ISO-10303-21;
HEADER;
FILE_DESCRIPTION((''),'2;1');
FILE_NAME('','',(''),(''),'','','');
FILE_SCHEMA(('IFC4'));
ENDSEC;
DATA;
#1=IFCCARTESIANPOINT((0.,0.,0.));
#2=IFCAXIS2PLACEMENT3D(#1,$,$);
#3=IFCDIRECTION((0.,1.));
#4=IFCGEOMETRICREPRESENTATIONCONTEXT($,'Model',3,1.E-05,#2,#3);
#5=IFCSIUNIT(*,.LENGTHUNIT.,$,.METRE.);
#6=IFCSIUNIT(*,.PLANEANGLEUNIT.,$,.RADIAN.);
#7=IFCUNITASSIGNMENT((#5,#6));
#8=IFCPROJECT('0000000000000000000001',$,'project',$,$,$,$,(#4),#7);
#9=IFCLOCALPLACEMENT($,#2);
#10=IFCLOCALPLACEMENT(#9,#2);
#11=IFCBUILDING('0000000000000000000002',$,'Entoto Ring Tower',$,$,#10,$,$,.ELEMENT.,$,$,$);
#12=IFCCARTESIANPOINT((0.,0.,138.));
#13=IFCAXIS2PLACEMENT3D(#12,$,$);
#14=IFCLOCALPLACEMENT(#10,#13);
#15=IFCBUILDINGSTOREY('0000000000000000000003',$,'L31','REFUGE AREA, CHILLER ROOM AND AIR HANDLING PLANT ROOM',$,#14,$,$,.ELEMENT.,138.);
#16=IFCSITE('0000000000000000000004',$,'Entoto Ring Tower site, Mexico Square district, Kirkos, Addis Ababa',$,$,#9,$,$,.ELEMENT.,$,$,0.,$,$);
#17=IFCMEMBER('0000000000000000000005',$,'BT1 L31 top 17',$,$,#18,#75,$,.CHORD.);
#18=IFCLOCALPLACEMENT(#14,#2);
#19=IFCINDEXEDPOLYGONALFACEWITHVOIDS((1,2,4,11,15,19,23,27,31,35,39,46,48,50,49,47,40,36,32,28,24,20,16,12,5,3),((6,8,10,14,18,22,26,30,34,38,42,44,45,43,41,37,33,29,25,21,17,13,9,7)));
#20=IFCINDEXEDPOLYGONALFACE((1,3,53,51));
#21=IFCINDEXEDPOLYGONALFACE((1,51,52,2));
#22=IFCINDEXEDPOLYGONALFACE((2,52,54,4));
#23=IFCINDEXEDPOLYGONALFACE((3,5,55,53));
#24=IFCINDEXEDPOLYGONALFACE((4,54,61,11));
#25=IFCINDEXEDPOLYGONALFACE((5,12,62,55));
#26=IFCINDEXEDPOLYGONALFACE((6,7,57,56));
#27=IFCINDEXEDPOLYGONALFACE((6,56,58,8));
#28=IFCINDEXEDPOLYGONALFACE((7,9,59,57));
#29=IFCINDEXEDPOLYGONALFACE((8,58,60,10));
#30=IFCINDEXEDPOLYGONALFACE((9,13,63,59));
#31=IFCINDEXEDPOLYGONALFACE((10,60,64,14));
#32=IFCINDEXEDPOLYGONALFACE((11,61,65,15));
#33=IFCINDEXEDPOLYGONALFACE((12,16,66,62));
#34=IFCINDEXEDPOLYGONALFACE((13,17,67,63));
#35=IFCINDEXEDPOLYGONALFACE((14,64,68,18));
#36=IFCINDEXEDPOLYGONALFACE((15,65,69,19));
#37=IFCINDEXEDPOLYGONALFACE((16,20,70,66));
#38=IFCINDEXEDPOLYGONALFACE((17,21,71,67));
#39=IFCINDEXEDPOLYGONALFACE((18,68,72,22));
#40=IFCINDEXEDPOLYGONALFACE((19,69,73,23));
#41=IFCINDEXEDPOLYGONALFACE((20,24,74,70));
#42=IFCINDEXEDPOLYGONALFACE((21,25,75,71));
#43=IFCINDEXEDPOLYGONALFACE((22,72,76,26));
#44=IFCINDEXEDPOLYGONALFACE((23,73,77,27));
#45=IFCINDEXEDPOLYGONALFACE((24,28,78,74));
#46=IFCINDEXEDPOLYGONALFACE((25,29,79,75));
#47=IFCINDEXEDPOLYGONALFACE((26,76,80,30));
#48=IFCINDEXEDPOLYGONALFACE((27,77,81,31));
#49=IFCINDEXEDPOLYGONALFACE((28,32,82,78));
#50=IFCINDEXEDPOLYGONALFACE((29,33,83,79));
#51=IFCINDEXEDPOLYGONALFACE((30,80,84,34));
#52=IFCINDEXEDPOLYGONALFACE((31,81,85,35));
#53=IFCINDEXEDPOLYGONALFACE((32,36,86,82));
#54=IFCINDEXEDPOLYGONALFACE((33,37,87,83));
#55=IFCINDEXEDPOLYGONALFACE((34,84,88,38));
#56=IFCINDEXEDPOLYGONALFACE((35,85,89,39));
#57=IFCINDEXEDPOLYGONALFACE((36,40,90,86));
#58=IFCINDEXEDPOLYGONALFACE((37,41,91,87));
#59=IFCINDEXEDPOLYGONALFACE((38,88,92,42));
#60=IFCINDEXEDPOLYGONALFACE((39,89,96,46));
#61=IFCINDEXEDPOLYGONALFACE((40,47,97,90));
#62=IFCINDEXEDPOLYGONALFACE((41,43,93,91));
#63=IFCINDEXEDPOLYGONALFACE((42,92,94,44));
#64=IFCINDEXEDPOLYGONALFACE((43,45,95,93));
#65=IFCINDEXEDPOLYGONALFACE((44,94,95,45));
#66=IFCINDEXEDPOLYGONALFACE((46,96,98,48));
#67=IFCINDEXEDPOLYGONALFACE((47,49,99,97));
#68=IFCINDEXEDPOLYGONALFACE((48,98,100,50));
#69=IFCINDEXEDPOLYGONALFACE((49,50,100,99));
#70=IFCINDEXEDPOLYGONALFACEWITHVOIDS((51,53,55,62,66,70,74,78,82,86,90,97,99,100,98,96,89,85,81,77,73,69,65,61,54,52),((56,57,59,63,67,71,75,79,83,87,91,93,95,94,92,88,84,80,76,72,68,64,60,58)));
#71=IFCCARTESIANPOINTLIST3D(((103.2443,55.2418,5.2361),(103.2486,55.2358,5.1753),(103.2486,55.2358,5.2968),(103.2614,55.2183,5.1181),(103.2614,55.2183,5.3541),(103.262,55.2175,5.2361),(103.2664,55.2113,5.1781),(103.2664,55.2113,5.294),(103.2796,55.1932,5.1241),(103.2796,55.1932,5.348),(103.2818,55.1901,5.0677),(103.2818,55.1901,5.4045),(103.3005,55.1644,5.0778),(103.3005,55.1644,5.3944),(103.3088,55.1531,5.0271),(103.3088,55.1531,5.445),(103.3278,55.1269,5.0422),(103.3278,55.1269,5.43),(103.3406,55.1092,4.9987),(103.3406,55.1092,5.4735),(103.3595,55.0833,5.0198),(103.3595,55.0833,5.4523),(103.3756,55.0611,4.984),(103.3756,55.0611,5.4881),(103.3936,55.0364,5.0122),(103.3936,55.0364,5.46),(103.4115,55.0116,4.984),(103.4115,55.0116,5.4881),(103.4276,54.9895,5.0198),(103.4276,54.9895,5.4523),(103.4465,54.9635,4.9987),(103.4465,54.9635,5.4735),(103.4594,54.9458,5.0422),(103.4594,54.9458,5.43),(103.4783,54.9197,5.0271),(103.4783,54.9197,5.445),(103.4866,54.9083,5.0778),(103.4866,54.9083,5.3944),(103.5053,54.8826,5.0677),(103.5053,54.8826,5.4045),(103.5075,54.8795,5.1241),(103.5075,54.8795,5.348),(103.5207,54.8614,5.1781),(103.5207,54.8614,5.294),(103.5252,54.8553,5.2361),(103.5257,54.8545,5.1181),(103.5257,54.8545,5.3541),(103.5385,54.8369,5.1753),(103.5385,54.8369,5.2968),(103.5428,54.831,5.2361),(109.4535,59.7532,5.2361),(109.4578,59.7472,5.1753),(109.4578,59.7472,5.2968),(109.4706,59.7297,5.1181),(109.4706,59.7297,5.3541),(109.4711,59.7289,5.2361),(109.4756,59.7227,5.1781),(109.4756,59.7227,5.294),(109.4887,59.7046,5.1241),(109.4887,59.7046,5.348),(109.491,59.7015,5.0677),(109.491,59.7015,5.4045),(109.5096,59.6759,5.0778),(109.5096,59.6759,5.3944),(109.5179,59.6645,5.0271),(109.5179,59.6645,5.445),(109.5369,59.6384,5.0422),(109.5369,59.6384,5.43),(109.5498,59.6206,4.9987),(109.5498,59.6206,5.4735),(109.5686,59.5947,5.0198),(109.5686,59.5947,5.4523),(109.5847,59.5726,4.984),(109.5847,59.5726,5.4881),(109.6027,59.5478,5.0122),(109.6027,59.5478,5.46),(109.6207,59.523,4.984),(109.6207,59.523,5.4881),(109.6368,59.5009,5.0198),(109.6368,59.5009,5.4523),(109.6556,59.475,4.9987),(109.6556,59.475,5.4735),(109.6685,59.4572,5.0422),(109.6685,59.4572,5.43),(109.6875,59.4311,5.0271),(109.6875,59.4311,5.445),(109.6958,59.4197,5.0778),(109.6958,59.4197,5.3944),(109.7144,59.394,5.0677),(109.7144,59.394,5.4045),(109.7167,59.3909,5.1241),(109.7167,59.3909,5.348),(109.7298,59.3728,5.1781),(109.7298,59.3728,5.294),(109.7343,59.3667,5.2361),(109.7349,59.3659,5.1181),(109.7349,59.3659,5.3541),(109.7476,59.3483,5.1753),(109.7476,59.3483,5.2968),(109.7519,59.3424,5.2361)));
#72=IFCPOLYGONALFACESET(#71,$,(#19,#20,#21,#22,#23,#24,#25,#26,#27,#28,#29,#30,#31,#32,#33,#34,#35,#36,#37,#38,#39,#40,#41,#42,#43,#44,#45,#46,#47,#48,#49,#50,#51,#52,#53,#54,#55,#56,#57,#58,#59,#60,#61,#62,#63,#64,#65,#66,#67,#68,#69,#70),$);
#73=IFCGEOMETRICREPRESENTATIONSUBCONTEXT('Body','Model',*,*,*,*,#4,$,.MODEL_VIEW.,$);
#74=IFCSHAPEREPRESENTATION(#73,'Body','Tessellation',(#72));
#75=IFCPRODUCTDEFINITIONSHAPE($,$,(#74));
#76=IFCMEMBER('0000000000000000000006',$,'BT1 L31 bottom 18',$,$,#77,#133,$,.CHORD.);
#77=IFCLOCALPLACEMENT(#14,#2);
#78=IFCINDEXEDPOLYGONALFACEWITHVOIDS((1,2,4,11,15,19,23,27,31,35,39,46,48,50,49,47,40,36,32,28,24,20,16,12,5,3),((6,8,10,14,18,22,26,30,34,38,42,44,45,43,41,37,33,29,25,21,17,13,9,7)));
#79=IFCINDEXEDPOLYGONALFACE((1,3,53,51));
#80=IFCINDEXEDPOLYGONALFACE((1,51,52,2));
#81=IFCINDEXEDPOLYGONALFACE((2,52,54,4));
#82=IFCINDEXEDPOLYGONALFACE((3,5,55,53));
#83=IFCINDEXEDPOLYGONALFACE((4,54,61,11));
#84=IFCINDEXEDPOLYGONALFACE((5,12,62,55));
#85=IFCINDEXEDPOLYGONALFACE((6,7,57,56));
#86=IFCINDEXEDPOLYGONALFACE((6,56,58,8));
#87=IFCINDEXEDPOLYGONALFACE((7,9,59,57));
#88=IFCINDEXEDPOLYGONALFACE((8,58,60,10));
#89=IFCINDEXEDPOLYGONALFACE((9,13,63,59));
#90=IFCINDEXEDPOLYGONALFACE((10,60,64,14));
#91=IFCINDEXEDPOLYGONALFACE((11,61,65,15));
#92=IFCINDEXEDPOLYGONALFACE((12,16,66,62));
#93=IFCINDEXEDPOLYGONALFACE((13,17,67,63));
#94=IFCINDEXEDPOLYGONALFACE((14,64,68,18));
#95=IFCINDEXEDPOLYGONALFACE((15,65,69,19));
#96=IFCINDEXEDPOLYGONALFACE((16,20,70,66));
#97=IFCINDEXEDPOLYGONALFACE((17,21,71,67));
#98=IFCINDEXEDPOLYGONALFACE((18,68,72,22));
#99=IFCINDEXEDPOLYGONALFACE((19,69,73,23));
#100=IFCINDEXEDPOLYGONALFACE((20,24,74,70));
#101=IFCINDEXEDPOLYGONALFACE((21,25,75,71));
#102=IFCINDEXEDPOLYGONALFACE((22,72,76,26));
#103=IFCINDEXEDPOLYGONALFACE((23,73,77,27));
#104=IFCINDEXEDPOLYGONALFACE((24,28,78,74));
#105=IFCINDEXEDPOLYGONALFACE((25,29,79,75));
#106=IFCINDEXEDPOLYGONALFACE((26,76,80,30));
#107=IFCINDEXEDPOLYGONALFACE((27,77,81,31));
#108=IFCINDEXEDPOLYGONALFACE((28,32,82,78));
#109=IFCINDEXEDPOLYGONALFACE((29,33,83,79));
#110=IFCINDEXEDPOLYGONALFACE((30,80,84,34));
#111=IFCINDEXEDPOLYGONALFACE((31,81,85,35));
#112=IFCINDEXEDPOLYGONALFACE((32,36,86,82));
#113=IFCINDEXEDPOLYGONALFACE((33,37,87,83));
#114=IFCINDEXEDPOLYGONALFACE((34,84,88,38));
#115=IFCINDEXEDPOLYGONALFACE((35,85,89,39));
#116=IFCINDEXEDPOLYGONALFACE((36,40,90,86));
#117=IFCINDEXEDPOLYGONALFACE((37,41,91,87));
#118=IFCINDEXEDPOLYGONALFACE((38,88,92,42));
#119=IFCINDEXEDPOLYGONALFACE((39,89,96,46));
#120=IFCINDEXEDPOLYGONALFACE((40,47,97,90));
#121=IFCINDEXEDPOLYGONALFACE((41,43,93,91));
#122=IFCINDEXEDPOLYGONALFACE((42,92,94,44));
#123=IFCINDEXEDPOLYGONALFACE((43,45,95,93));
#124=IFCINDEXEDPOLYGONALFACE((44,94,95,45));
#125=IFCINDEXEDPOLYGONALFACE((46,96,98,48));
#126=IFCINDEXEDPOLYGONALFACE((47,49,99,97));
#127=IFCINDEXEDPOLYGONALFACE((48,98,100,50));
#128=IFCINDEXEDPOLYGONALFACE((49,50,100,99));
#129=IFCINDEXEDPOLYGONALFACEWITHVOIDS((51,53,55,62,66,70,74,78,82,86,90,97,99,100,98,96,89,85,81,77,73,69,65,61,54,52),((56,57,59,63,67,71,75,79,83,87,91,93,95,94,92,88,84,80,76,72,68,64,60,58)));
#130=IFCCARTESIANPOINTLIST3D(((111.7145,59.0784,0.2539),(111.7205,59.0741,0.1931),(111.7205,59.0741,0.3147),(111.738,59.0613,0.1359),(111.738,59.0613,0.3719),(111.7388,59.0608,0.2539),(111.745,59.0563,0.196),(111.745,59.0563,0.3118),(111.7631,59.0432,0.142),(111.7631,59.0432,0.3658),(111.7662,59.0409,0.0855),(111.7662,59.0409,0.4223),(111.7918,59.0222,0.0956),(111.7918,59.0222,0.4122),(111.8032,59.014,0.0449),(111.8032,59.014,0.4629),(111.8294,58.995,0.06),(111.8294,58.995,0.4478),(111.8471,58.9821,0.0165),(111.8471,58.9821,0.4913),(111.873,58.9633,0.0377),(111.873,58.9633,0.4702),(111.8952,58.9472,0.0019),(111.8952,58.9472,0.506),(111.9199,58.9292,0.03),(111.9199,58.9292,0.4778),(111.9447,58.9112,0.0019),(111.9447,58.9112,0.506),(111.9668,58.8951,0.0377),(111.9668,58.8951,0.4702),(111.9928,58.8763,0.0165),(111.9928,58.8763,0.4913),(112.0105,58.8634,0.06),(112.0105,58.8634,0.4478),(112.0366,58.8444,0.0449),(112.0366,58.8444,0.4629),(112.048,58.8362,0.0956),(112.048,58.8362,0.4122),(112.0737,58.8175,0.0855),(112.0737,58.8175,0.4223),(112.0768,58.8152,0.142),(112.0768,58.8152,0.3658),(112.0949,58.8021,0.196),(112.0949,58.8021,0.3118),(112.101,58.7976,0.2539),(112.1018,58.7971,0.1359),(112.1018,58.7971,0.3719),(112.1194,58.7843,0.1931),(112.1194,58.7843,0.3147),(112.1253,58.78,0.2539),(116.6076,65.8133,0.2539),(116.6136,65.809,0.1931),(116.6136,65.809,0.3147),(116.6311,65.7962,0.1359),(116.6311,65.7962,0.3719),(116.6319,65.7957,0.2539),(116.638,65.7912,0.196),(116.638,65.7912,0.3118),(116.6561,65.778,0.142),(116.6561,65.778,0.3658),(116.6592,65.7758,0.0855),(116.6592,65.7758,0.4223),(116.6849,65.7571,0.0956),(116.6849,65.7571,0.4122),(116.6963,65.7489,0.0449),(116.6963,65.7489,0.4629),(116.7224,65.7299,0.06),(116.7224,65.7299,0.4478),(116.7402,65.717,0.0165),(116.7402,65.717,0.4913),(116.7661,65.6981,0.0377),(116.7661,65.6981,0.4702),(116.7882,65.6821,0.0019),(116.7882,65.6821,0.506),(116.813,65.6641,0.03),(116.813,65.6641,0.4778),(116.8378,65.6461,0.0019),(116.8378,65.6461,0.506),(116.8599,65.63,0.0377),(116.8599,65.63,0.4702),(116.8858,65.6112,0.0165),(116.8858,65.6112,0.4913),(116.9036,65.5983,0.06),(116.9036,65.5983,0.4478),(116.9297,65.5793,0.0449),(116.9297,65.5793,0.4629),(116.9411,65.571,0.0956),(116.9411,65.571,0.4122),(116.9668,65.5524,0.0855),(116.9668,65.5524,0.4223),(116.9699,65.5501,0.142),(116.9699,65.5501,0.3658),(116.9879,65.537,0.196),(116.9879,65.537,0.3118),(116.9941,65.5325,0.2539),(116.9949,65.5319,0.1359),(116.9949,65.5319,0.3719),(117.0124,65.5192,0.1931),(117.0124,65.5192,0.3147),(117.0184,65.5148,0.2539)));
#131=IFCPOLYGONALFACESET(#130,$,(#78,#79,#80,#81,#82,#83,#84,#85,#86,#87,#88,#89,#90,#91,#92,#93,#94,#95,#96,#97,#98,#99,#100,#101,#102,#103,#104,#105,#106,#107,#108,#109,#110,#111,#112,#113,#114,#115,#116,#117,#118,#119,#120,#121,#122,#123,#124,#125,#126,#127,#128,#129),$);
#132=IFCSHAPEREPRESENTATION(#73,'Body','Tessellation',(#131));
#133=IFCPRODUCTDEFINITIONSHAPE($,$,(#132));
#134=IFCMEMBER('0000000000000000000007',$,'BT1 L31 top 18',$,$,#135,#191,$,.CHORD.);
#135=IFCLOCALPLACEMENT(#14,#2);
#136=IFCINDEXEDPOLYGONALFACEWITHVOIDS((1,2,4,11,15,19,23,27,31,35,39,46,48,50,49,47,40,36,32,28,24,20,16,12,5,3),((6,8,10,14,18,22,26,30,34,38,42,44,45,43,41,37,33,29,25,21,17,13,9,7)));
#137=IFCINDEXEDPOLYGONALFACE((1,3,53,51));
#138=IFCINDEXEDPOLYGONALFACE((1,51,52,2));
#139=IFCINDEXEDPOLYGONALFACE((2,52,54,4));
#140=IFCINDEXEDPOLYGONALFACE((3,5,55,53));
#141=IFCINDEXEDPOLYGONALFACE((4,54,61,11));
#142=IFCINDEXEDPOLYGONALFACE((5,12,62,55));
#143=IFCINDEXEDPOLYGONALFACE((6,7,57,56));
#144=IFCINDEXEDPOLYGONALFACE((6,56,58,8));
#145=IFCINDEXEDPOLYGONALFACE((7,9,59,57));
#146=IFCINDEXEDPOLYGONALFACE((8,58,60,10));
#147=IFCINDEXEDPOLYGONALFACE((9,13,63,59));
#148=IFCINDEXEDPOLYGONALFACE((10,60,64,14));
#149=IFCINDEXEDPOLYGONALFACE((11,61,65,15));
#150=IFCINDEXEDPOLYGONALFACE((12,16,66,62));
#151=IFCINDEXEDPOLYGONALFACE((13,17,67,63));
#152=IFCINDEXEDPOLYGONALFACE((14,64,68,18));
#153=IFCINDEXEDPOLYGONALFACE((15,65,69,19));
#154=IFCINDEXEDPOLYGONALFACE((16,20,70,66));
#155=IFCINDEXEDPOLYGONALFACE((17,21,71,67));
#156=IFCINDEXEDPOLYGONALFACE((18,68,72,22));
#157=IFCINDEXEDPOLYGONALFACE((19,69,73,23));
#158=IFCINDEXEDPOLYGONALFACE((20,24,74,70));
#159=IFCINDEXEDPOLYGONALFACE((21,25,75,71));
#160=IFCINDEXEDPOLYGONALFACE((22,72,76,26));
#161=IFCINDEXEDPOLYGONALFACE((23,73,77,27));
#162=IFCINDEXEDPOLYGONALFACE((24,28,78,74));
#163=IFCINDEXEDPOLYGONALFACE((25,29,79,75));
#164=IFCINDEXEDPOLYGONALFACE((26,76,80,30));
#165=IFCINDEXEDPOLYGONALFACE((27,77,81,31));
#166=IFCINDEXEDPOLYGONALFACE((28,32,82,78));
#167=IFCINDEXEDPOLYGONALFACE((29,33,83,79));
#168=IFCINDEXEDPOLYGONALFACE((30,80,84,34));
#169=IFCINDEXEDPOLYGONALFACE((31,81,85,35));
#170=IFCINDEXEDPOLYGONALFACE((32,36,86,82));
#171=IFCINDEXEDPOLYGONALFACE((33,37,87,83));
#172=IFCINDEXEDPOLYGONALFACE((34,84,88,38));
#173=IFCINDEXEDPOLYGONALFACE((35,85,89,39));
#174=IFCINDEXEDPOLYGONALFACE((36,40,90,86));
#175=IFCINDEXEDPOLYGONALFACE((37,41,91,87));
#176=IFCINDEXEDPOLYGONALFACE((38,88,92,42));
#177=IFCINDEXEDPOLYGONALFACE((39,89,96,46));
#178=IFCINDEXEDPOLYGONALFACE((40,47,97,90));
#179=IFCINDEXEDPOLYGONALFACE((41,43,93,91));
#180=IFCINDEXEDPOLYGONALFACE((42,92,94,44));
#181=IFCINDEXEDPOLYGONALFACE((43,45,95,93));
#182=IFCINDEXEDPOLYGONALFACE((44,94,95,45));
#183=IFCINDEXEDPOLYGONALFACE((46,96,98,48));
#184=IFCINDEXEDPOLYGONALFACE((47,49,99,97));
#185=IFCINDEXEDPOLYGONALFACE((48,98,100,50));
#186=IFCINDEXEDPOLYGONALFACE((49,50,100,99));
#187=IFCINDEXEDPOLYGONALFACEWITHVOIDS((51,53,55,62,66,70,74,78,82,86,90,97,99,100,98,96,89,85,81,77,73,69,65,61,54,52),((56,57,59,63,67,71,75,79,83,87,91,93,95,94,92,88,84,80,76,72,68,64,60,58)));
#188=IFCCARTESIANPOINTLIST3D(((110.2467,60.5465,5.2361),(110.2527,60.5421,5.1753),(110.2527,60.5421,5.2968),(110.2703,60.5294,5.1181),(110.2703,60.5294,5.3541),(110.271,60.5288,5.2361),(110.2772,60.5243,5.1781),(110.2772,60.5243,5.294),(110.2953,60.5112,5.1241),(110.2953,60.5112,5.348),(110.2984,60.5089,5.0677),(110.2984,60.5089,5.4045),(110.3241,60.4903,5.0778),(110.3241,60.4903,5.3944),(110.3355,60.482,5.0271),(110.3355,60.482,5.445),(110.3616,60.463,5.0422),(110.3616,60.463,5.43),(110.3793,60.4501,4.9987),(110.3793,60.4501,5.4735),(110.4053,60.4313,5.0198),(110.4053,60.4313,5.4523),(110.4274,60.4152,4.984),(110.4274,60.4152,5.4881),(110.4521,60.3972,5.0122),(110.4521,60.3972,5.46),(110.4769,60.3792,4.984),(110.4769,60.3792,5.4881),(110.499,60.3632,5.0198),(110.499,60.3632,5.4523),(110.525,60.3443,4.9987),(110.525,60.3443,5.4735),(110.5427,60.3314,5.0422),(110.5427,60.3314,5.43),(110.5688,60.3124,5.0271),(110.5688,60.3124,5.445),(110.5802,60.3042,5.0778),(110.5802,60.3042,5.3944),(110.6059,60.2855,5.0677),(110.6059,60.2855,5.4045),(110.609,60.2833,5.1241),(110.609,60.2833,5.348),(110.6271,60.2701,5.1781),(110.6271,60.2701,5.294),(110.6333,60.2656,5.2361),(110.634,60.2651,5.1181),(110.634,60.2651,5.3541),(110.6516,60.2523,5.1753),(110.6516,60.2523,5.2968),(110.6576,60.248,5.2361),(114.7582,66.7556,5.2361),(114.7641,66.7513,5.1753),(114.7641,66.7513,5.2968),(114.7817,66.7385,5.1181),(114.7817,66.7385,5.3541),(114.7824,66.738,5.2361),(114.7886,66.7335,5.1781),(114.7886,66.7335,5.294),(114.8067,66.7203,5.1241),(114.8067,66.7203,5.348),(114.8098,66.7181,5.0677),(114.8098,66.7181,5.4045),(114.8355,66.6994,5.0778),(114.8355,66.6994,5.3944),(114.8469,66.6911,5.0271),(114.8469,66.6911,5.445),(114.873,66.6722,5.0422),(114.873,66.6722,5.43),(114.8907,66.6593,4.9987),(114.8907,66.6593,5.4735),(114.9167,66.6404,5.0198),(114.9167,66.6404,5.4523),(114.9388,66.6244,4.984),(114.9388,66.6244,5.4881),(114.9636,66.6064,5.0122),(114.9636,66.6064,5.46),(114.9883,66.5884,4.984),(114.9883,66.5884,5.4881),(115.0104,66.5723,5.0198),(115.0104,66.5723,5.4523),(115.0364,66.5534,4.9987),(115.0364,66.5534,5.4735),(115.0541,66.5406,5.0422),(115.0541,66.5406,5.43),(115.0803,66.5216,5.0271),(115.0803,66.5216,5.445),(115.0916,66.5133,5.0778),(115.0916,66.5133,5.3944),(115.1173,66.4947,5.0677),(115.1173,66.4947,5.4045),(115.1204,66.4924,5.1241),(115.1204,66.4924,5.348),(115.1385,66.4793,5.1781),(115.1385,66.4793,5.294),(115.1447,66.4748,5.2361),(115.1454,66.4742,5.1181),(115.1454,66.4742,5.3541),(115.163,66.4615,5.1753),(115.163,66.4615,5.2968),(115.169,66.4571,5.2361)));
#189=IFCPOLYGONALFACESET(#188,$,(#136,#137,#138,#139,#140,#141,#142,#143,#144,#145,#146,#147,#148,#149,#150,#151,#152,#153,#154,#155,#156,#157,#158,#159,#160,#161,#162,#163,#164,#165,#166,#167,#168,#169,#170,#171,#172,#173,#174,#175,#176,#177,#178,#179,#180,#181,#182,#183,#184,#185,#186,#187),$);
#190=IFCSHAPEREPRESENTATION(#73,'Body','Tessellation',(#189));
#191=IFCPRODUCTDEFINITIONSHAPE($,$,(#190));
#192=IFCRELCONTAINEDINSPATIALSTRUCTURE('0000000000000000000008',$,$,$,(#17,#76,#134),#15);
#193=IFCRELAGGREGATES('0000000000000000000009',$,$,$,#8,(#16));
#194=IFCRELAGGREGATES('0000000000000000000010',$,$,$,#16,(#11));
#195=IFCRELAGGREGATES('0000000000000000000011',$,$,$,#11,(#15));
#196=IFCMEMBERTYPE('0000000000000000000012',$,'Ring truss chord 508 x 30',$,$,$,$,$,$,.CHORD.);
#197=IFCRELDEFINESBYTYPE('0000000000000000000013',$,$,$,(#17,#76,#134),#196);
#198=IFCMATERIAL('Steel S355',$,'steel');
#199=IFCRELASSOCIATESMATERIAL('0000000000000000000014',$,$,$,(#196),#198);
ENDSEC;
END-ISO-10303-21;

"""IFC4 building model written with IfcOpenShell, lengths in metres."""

from ifc_helpers import new_model, si_unit, direction, frame, origin, origin_2d, place, context, subcontext, project, spatial, circle, hollow_circle, extrude, material, material_profile, profile_set, type_object, element, save


model = new_model("IFC4")

# Units and contexts
model_context = context("Model", 3, precision=1e-05, world=origin(), true_north=direction((0.0, 1.0)))
body_context = subcontext(model_context, "Body", "Model", "MODEL_VIEW")
ifc_project = project(units=[si_unit("LENGTHUNIT", "METRE"), si_unit("PLANEANGLEUNIT", "RADIAN")], contexts=[model_context])

# Site, building, storey
site_placement = place(None, origin())
site = spatial("IfcSite", under=ifc_project, at=site_placement, Name="Entoto Ring Tower site, Mexico Square district, Kirkos, Addis Ababa", CompositionType="ELEMENT", RefElevation=0.0)
building_placement = place(site_placement, origin())
building = spatial("IfcBuilding", under=site, at=building_placement, Name="Entoto Ring Tower", CompositionType="ELEMENT")
storey_placement = place(building_placement, frame((0.0, 0.0, 138.0)))
storey = spatial("IfcBuildingStorey", under=building, at=storey_placement, Name="L31", Description="REFUGE AREA, CHILLER ROOM AND AIR HANDLING PLANT ROOM", CompositionType="ELEMENT", Elevation=138.0)

# Members
ifc_material_1 = material(Name="Steel S355", Category="steel")
ifc_material_profile_1 = material_profile(ifc_material_1, hollow_circle(Radius=0.2539, WallThickness=0.03, at=origin_2d()), Name="CHS 508 x 30")
ifc_material_2 = material(Name="Concrete C60/75", Category="concrete")
ifc_material_profile_2 = material_profile(ifc_material_2, circle(Radius=0.2241, at=origin_2d()), Name="Concrete C60/75 infill")
ifc_profile_set_1 = profile_set([ifc_material_profile_1, ifc_material_profile_2], Name="Steel S355")
member_type_1 = type_object("IfcMemberType", Name="Ring truss chord 508 x 30", PredefinedType="CHORD", material=ifc_profile_set_1)
member_1_placement = place(storey_placement, frame((103.3936, 55.0364, 5.2361), z_axis=(0.809004, 0.587803, 0.0), x_axis=(-0.587803, 0.809004, 0.0)))
element("IfcMember", 1, at=member_1_placement, inside=storey, type_object=member_type_1, Name="BT1 L31 top 17", PredefinedType="CHORD", context=body_context, shape_type="SweptSolid", body=[
    extrude(hollow_circle(Radius=0.2539, WallThickness=0.03, at=origin_2d()), origin(), (0.0, 0.0, 1.0), 7.675),
])
member_2_placement = place(storey_placement, frame((111.9199, 58.9292, 0.2539), z_axis=(0.587778, 0.809023, 0.0), x_axis=(-0.809023, 0.587778, 0.0)))
element("IfcMember", 2, at=member_2_placement, inside=storey, type_object=member_type_1, Name="BT1 L31 bottom 18", PredefinedType="CHORD", context=body_context, shape_type="SweptSolid", body=[
    extrude(hollow_circle(Radius=0.2539, WallThickness=0.03, at=origin_2d()), origin(), (0.0, 0.0, 1.0), 8.3247),
])
member_3_placement = place(storey_placement, frame((110.4521, 60.3972, 5.2361), z_axis=(0.587803, 0.809004, 0.0), x_axis=(-0.809004, 0.587803, 0.0)))
element("IfcMember", 3, at=member_3_placement, inside=storey, type_object=member_type_1, Name="BT1 L31 top 18", PredefinedType="CHORD", context=body_context, shape_type="SweptSolid", body=[
    extrude(hollow_circle(Radius=0.2539, WallThickness=0.03, at=origin_2d()), origin(), (0.0, 0.0, 1.0), 7.675),
])

save(model, "model.ifc")
